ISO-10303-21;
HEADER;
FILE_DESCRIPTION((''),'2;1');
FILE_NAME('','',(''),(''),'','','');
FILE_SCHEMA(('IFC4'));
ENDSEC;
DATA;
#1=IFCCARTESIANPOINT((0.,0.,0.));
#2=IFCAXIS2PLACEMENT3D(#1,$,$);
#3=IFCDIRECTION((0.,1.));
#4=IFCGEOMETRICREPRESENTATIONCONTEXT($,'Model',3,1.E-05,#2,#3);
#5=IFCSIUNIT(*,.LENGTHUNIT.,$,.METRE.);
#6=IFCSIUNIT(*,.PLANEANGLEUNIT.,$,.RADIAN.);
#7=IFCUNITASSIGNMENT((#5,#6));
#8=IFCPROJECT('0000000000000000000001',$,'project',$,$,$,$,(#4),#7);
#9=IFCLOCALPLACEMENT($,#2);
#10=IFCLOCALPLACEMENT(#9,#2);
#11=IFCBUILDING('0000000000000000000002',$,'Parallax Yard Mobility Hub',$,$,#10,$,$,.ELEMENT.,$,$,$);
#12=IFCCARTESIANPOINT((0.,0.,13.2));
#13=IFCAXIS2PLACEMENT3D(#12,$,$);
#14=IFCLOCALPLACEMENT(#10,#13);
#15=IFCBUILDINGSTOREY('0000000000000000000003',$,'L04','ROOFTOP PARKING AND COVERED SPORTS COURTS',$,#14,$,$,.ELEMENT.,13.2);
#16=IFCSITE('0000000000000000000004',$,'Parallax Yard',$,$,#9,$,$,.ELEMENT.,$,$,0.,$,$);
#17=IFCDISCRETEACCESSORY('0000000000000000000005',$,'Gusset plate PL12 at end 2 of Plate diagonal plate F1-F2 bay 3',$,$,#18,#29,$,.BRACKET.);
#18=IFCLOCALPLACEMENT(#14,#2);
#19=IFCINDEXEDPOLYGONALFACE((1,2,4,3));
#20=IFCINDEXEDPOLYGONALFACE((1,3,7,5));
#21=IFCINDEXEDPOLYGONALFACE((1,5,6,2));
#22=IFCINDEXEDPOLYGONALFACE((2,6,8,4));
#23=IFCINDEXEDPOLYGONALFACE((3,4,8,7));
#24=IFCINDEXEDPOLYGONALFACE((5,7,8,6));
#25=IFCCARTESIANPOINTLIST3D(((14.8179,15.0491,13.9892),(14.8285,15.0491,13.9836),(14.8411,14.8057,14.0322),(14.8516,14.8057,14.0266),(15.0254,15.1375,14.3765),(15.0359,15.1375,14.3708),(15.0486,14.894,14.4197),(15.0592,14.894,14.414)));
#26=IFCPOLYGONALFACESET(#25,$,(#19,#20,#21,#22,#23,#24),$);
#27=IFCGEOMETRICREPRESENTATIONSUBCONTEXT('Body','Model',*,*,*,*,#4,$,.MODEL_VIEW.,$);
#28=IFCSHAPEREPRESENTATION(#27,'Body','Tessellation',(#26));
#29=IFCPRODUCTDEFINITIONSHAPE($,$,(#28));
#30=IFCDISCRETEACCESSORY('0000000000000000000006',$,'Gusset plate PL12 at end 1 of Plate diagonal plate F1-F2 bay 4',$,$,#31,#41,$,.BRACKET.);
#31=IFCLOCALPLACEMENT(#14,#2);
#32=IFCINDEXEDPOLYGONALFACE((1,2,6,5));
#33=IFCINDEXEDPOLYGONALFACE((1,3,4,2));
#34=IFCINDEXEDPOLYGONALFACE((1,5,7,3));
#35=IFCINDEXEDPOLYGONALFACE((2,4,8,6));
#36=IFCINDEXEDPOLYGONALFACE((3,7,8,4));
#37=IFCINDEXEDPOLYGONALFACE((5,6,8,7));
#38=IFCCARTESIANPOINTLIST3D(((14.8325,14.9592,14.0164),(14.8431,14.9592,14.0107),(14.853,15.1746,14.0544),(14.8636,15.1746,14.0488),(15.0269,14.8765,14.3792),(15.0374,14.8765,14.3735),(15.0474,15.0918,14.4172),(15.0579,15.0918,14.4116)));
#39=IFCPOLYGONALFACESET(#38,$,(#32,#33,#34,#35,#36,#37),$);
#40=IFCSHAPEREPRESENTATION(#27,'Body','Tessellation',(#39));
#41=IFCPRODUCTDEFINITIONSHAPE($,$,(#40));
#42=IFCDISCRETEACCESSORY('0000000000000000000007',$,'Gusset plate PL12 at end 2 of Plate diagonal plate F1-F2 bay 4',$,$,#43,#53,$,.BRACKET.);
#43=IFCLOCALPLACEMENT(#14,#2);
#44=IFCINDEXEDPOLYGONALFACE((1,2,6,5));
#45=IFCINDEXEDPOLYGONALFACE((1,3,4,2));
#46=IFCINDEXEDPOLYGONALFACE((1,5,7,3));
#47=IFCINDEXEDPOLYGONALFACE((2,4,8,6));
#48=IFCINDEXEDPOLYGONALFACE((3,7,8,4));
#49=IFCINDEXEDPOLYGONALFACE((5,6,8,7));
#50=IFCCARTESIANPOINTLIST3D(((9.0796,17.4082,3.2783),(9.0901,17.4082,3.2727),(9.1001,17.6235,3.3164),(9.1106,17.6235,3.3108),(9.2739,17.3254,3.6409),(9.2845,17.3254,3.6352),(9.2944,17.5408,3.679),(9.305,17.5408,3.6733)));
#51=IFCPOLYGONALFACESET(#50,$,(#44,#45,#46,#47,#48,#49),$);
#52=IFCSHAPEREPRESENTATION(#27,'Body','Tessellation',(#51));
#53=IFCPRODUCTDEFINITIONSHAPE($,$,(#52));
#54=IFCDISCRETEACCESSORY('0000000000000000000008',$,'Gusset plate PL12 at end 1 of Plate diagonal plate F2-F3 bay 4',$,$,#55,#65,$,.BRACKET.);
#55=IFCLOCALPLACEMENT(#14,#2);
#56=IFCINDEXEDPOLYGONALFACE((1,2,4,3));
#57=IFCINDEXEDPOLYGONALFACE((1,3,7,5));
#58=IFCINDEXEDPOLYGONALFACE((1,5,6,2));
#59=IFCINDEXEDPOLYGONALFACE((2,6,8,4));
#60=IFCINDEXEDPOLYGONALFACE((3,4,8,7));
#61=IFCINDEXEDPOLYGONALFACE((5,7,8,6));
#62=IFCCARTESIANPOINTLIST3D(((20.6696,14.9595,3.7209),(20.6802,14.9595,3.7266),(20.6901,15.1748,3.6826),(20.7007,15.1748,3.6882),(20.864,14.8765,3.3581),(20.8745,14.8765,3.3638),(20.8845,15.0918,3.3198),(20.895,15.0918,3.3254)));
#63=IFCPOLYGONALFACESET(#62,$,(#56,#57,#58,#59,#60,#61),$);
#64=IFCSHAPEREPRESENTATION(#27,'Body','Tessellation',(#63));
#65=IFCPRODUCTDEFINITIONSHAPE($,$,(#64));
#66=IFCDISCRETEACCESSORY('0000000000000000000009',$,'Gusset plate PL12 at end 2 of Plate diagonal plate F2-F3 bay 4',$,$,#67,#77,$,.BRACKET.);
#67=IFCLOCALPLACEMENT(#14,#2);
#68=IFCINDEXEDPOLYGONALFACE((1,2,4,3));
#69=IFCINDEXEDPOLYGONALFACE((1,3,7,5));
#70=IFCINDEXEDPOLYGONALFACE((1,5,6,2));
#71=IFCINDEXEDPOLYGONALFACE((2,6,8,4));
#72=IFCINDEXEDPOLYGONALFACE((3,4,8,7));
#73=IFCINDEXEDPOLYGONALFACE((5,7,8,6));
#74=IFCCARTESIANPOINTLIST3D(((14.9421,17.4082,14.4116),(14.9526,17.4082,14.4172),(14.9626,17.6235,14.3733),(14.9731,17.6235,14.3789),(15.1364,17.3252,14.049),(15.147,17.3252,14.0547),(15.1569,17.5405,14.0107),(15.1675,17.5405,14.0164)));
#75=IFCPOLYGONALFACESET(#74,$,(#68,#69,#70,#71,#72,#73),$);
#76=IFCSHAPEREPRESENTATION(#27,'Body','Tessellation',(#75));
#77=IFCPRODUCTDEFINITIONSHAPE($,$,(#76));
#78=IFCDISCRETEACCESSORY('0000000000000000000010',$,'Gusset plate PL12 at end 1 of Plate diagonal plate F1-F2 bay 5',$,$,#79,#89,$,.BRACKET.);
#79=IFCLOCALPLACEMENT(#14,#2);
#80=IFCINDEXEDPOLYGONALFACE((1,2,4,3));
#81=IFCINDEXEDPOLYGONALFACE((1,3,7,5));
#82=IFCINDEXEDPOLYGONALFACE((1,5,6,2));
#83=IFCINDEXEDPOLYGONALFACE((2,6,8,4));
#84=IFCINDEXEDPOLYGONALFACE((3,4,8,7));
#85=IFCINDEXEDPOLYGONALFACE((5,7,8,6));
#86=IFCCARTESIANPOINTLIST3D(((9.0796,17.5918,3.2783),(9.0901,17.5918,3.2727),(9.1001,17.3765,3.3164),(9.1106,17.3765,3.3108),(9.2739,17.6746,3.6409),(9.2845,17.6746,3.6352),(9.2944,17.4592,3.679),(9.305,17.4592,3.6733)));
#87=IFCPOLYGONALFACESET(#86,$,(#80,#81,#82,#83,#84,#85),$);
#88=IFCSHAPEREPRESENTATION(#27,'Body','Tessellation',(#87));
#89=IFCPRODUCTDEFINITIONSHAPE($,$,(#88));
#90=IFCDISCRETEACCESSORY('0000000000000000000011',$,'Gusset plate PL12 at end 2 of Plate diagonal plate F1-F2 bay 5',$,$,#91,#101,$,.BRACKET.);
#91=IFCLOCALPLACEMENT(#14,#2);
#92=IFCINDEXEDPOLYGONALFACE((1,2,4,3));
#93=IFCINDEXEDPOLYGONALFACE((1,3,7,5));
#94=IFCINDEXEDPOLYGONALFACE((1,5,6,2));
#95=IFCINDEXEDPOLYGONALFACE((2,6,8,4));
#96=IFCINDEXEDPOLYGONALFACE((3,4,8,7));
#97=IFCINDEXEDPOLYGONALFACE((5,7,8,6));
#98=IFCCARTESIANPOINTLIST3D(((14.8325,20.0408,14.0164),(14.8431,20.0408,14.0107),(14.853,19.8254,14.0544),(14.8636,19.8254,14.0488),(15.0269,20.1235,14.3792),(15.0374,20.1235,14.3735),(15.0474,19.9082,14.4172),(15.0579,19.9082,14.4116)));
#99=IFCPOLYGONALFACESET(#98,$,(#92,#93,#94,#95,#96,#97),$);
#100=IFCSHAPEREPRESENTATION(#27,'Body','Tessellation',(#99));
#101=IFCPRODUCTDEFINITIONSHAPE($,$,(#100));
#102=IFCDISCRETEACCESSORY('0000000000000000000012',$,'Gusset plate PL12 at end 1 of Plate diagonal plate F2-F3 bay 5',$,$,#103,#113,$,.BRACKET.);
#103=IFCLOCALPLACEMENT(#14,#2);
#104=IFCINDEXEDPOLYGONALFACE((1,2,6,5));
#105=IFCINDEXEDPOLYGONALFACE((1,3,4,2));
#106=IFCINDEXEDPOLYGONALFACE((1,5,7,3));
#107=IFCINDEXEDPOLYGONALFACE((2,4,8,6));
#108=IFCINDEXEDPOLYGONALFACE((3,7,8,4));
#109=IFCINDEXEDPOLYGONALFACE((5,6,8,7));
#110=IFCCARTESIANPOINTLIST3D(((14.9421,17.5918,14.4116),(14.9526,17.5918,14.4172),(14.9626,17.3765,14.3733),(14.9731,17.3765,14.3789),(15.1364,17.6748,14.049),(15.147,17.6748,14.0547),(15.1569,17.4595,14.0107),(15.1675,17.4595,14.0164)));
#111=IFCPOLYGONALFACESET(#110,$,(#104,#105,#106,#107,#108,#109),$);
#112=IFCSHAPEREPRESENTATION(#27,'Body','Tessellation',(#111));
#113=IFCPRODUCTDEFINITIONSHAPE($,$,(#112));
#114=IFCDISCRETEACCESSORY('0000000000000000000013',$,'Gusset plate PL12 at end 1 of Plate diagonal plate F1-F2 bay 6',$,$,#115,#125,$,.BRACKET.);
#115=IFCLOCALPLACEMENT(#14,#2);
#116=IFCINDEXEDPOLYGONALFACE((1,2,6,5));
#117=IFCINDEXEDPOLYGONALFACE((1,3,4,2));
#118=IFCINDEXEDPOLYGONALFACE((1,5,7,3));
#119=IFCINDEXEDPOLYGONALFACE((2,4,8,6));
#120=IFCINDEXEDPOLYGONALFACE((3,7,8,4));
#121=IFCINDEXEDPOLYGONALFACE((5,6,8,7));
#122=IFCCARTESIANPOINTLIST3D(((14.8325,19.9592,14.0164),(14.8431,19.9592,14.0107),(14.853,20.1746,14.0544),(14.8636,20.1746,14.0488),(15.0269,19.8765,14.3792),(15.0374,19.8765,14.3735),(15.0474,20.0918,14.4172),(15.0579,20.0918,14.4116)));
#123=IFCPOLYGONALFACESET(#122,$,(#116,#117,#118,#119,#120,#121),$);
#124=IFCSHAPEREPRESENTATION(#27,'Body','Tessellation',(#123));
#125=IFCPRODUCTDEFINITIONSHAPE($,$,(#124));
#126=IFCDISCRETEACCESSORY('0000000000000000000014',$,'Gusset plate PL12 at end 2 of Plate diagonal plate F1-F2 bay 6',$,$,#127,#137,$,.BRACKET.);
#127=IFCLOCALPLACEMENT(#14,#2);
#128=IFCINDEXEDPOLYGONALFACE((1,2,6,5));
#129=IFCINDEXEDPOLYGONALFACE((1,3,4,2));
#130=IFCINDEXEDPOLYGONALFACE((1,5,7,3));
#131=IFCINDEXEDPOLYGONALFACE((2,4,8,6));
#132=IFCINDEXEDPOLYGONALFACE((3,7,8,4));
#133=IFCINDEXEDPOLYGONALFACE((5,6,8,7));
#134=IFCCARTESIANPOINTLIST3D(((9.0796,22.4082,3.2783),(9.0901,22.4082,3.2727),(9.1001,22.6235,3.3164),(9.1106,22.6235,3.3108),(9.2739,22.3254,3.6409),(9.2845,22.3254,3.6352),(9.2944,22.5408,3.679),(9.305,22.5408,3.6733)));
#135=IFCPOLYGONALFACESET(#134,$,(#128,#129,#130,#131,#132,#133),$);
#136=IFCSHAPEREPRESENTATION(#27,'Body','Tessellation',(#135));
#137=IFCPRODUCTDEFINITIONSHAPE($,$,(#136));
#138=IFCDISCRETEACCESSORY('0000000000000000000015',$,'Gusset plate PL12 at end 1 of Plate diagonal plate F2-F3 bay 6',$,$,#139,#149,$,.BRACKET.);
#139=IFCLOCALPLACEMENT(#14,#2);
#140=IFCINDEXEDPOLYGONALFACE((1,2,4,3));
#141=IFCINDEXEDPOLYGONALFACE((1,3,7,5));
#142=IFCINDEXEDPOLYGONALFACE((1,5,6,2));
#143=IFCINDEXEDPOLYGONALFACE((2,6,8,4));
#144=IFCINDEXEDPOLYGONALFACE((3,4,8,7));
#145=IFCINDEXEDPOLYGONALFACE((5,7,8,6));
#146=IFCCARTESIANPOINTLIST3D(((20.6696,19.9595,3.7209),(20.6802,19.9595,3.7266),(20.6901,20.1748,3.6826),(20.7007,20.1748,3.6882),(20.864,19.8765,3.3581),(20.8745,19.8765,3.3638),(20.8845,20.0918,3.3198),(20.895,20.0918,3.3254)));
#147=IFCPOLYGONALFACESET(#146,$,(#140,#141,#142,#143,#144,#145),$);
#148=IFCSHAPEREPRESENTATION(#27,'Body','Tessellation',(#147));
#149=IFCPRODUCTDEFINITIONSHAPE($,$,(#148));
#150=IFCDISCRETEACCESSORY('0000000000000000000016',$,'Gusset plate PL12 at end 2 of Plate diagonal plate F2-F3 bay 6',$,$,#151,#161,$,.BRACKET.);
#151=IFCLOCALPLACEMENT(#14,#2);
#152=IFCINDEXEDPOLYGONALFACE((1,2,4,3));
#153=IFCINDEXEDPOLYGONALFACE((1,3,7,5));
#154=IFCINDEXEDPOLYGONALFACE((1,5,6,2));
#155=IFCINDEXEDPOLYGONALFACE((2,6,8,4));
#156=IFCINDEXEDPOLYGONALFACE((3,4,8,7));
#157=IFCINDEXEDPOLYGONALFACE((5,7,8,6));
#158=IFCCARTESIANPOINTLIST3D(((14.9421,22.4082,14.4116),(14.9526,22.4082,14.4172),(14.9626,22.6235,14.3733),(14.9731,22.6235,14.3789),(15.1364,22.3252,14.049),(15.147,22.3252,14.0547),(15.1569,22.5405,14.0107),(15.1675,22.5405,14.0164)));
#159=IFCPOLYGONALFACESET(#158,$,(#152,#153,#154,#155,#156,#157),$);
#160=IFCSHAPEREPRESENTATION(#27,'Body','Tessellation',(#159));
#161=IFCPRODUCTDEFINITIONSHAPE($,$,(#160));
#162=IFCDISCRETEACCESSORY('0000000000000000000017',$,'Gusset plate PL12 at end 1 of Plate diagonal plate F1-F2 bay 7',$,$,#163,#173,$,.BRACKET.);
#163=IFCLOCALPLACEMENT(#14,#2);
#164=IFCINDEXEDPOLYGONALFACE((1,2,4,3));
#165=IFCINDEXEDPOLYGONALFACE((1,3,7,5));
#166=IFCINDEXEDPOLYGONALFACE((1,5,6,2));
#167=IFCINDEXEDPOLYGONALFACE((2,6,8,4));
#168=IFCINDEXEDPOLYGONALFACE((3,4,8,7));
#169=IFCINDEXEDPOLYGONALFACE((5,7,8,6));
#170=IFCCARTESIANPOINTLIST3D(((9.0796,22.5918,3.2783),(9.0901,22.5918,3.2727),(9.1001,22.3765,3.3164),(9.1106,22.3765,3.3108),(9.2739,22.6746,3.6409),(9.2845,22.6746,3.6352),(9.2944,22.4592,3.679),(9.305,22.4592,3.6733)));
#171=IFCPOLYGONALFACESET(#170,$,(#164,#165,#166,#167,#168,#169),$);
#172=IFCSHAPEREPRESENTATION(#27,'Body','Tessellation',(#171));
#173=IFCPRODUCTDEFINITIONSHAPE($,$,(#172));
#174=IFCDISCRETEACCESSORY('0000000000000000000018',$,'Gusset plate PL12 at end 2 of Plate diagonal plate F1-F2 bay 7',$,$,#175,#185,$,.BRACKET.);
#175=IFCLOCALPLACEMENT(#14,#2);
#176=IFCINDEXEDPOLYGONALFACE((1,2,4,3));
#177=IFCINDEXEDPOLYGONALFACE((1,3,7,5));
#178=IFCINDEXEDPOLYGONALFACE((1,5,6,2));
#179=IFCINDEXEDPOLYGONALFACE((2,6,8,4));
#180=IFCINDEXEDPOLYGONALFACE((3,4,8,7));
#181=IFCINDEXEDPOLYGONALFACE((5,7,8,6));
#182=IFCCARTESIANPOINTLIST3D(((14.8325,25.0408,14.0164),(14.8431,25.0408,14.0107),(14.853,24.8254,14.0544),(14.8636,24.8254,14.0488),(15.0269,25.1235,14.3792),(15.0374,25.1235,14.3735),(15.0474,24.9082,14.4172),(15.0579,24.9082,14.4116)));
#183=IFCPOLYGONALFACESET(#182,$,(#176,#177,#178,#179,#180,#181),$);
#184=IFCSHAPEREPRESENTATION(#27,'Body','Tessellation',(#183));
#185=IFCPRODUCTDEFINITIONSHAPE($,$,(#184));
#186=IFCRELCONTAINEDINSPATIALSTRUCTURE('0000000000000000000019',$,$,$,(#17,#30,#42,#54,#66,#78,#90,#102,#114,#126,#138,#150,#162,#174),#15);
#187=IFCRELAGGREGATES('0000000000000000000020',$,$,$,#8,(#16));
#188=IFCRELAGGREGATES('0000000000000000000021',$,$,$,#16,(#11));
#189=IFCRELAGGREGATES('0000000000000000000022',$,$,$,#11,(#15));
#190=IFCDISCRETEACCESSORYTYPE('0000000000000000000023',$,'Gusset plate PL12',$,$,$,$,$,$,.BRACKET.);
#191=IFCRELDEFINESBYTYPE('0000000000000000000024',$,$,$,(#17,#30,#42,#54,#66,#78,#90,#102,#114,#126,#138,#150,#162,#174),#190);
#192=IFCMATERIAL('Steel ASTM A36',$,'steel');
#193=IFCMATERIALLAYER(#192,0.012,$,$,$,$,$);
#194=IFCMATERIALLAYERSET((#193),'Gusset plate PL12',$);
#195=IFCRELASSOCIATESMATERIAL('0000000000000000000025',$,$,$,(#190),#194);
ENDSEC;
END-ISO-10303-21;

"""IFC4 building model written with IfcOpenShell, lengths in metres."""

from ifc_helpers import new_model, si_unit, direction, frame, origin, place, context, subcontext, project, spatial, polyline, outline, extrude, material, layer, layer_set, type_object, element, save


model = new_model("IFC4")

# Units and contexts
model_context = context("Model", 3, precision=1e-05, world=origin(), true_north=direction((0.0, 1.0)))
body_context = subcontext(model_context, "Body", "Model", "MODEL_VIEW")
ifc_project = project(units=[si_unit("LENGTHUNIT", "METRE"), si_unit("PLANEANGLEUNIT", "RADIAN")], contexts=[model_context])

# Site, building, storey
site_placement = place(None, origin())
site = spatial("IfcSite", under=ifc_project, at=site_placement, Name="Parallax Yard", CompositionType="ELEMENT", RefElevation=0.0)
building_placement = place(site_placement, origin())
building = spatial("IfcBuilding", under=site, at=building_placement, Name="Parallax Yard Mobility Hub", CompositionType="ELEMENT")
storey_placement = place(building_placement, frame((0.0, 0.0, 13.2)))
storey = spatial("IfcBuildingStorey", under=building, at=storey_placement, Name="L04", Description="ROOFTOP PARKING AND COVERED SPORTS COURTS", CompositionType="ELEMENT", Elevation=13.2)

# Discrete accessories
ifc_material_1 = material(Name="Steel ASTM A36", Category="steel")
ifc_layer = layer(ifc_material_1, 0.012)
ifc_layer_set = layer_set([ifc_layer], Name="Gusset plate PL12")
discrete_accessory_type = type_object("IfcDiscreteAccessoryType", Name="Gusset plate PL12", PredefinedType="BRACKET", material=ifc_layer_set)
discrete_accessory_1_placement = place(storey_placement, frame((14.8411, 14.8057, 14.0322), z_axis=(-0.881424, -0.000371, 0.472326), x_axis=(0.462993, 0.197132, 0.864162)))
element("IfcDiscreteAccessory", 1, at=discrete_accessory_1_placement, inside=storey, type_object=discrete_accessory_type, Name="Gusset plate PL12 at end 2 of Plate diagonal plate F1-F2 bay 3", PredefinedType="BRACKET", context=body_context, shape_type="SweptSolid", body=[
    extrude(outline(polyline([(0.0, 0.0), (0.4483, 0.0), (0.4482, 0.2483), (0.0001, 0.2483), (0.0, 0.0)])), origin(), (0.0, 0.0, -1.0), 0.012),
])
discrete_accessory_2_placement = place(storey_placement, frame((14.8325, 14.9592, 14.0164), z_axis=(-0.881458, 0.000419, 0.472263), x_axis=(0.462921, -0.197149, 0.864197)))
element("IfcDiscreteAccessory", 2, at=discrete_accessory_2_placement, inside=storey, type_object=discrete_accessory_type, Name="Gusset plate PL12 at end 1 of Plate diagonal plate F1-F2 bay 4", PredefinedType="BRACKET", context=body_context, shape_type="SweptSolid", body=[
    extrude(outline(polyline([(0.0, 0.0), (0.4198, 0.0), (0.4198, 0.2196), (0.0, 0.2196), (0.0, 0.0)])), origin(), (0.0, 0.0, -1.0), 0.012),
])
discrete_accessory_3_placement = place(storey_placement, frame((9.2944, 17.5408, 3.679), z_axis=(-0.881331, 0.000365, 0.4725), x_axis=(-0.463154, 0.197248, -0.86405)))
element("IfcDiscreteAccessory", 3, at=discrete_accessory_3_placement, inside=storey, type_object=discrete_accessory_type, Name="Gusset plate PL12 at end 2 of Plate diagonal plate F1-F2 bay 4", PredefinedType="BRACKET", context=body_context, shape_type="SweptSolid", body=[
    extrude(outline(polyline([(0.0, 0.0), (0.4196, 0.0), (0.4195, 0.2196), (-0.0001, 0.2196), (0.0, 0.0)])), origin(), (0.0, 0.0, -1.0), 0.012),
])
discrete_accessory_4_placement = place(storey_placement, frame((20.6802, 14.9595, 3.7266), z_axis=(0.881507, 0.000096, 0.472171), x_axis=(0.462868, -0.197707, -0.864098)))
element("IfcDiscreteAccessory", 4, at=discrete_accessory_4_placement, inside=storey, type_object=discrete_accessory_type, Name="Gusset plate PL12 at end 1 of Plate diagonal plate F2-F3 bay 4", PredefinedType="BRACKET", context=body_context, shape_type="SweptSolid", body=[
    extrude(outline(polyline([(0.0, 0.0), (0.4199, 0.0), (0.4199, 0.2197), (0.0, 0.2197), (0.0, 0.0)])), origin(), (0.0, 0.0, -1.0), 0.012),
])
discrete_accessory_5_placement = place(storey_placement, frame((15.1675, 17.5405, 14.0164), z_axis=(0.88138, 0.00015, 0.472409), x_axis=(-0.463101, 0.197807, 0.86395)))
element("IfcDiscreteAccessory", 5, at=discrete_accessory_5_placement, inside=storey, type_object=discrete_accessory_type, Name="Gusset plate PL12 at end 2 of Plate diagonal plate F2-F3 bay 4", PredefinedType="BRACKET", context=body_context, shape_type="SweptSolid", body=[
    extrude(outline(polyline([(0.0, 0.0), (0.4196, 0.0), (0.4197, 0.2197), (0.0, 0.2197), (0.0, 0.0)])), origin(), (0.0, 0.0, -1.0), 0.012),
])
discrete_accessory_6_placement = place(storey_placement, frame((9.2739, 17.6746, 3.6409), z_axis=(-0.881331, -0.000365, 0.4725), x_axis=(-0.463154, -0.197248, -0.86405)))
element("IfcDiscreteAccessory", 6, at=discrete_accessory_6_placement, inside=storey, type_object=discrete_accessory_type, Name="Gusset plate PL12 at end 1 of Plate diagonal plate F1-F2 bay 5", PredefinedType="BRACKET", context=body_context, shape_type="SweptSolid", body=[
    extrude(outline(polyline([(0.0, 0.0), (0.4196, 0.0), (0.4197, 0.2196), (0.0001, 0.2196), (0.0, 0.0)])), origin(), (0.0, 0.0, -1.0), 0.012),
])
discrete_accessory_7_placement = place(storey_placement, frame((14.853, 19.8254, 14.0544), z_axis=(-0.881458, -0.000419, 0.472263), x_axis=(0.462921, 0.197149, 0.864197)))
element("IfcDiscreteAccessory", 7, at=discrete_accessory_7_placement, inside=storey, type_object=discrete_accessory_type, Name="Gusset plate PL12 at end 2 of Plate diagonal plate F1-F2 bay 5", PredefinedType="BRACKET", context=body_context, shape_type="SweptSolid", body=[
    extrude(outline(polyline([(0.0, 0.0), (0.4198, 0.0), (0.4198, 0.2196), (0.0, 0.2196), (0.0, 0.0)])), origin(), (0.0, 0.0, -1.0), 0.012),
])
discrete_accessory_8_placement = place(storey_placement, frame((15.147, 17.6748, 14.0547), z_axis=(0.88138, -0.00015, 0.472409), x_axis=(-0.463101, -0.197807, 0.86395)))
element("IfcDiscreteAccessory", 8, at=discrete_accessory_8_placement, inside=storey, type_object=discrete_accessory_type, Name="Gusset plate PL12 at end 1 of Plate diagonal plate F2-F3 bay 5", PredefinedType="BRACKET", context=body_context, shape_type="SweptSolid", body=[
    extrude(outline(polyline([(0.0, 0.0), (0.4196, 0.0), (0.4196, 0.2197), (0.0, 0.2197), (0.0, 0.0)])), origin(), (0.0, 0.0, -1.0), 0.012),
])
discrete_accessory_9_placement = place(storey_placement, frame((14.8325, 19.9592, 14.0164), z_axis=(-0.881458, 0.000419, 0.472263), x_axis=(0.462921, -0.197149, 0.864197)))
element("IfcDiscreteAccessory", 9, at=discrete_accessory_9_placement, inside=storey, type_object=discrete_accessory_type, Name="Gusset plate PL12 at end 1 of Plate diagonal plate F1-F2 bay 6", PredefinedType="BRACKET", context=body_context, shape_type="SweptSolid", body=[
    extrude(outline(polyline([(0.0, 0.0), (0.4198, 0.0), (0.4198, 0.2196), (0.0, 0.2196), (0.0, 0.0)])), origin(), (0.0, 0.0, -1.0), 0.012),
])
discrete_accessory_10_placement = place(storey_placement, frame((9.2944, 22.5408, 3.679), z_axis=(-0.881331, 0.000365, 0.4725), x_axis=(-0.463154, 0.197248, -0.86405)))
element("IfcDiscreteAccessory", 10, at=discrete_accessory_10_placement, inside=storey, type_object=discrete_accessory_type, Name="Gusset plate PL12 at end 2 of Plate diagonal plate F1-F2 bay 6", PredefinedType="BRACKET", context=body_context, shape_type="SweptSolid", body=[
    extrude(outline(polyline([(0.0, 0.0), (0.4196, 0.0), (0.4195, 0.2196), (-0.0001, 0.2196), (0.0, 0.0)])), origin(), (0.0, 0.0, -1.0), 0.012),
])
discrete_accessory_11_placement = place(storey_placement, frame((20.6802, 19.9595, 3.7266), z_axis=(0.881507, 0.000096, 0.472171), x_axis=(0.462868, -0.197707, -0.864098)))
element("IfcDiscreteAccessory", 11, at=discrete_accessory_11_placement, inside=storey, type_object=discrete_accessory_type, Name="Gusset plate PL12 at end 1 of Plate diagonal plate F2-F3 bay 6", PredefinedType="BRACKET", context=body_context, shape_type="SweptSolid", body=[
    extrude(outline(polyline([(0.0, 0.0), (0.4199, 0.0), (0.4199, 0.2197), (0.0, 0.2197), (0.0, 0.0)])), origin(), (0.0, 0.0, -1.0), 0.012),
])
discrete_accessory_12_placement = place(storey_placement, frame((15.1675, 22.5405, 14.0164), z_axis=(0.88138, 0.00015, 0.472409), x_axis=(-0.463101, 0.197807, 0.86395)))
element("IfcDiscreteAccessory", 12, at=discrete_accessory_12_placement, inside=storey, type_object=discrete_accessory_type, Name="Gusset plate PL12 at end 2 of Plate diagonal plate F2-F3 bay 6", PredefinedType="BRACKET", context=body_context, shape_type="SweptSolid", body=[
    extrude(outline(polyline([(0.0, 0.0), (0.4196, 0.0), (0.4197, 0.2197), (0.0, 0.2197), (0.0, 0.0)])), origin(), (0.0, 0.0, -1.0), 0.012),
])
discrete_accessory_13_placement = place(storey_placement, frame((9.2739, 22.6746, 3.6409), z_axis=(-0.881331, -0.000365, 0.4725), x_axis=(-0.463154, -0.197248, -0.86405)))
element("IfcDiscreteAccessory", 13, at=discrete_accessory_13_placement, inside=storey, type_object=discrete_accessory_type, Name="Gusset plate PL12 at end 1 of Plate diagonal plate F1-F2 bay 7", PredefinedType="BRACKET", context=body_context, shape_type="SweptSolid", body=[
    extrude(outline(polyline([(0.0, 0.0), (0.4196, 0.0), (0.4197, 0.2196), (0.0001, 0.2196), (0.0, 0.0)])), origin(), (0.0, 0.0, -1.0), 0.012),
])
discrete_accessory_14_placement = place(storey_placement, frame((14.853, 24.8254, 14.0544), z_axis=(-0.881458, -0.000419, 0.472263), x_axis=(0.462921, 0.197149, 0.864197)))
element("IfcDiscreteAccessory", 14, at=discrete_accessory_14_placement, inside=storey, type_object=discrete_accessory_type, Name="Gusset plate PL12 at end 2 of Plate diagonal plate F1-F2 bay 7", PredefinedType="BRACKET", context=body_context, shape_type="SweptSolid", body=[
    extrude(outline(polyline([(0.0, 0.0), (0.4198, 0.0), (0.4198, 0.2196), (0.0, 0.2196), (0.0, 0.0)])), origin(), (0.0, 0.0, -1.0), 0.012),
])

save(model, "model.ifc")
